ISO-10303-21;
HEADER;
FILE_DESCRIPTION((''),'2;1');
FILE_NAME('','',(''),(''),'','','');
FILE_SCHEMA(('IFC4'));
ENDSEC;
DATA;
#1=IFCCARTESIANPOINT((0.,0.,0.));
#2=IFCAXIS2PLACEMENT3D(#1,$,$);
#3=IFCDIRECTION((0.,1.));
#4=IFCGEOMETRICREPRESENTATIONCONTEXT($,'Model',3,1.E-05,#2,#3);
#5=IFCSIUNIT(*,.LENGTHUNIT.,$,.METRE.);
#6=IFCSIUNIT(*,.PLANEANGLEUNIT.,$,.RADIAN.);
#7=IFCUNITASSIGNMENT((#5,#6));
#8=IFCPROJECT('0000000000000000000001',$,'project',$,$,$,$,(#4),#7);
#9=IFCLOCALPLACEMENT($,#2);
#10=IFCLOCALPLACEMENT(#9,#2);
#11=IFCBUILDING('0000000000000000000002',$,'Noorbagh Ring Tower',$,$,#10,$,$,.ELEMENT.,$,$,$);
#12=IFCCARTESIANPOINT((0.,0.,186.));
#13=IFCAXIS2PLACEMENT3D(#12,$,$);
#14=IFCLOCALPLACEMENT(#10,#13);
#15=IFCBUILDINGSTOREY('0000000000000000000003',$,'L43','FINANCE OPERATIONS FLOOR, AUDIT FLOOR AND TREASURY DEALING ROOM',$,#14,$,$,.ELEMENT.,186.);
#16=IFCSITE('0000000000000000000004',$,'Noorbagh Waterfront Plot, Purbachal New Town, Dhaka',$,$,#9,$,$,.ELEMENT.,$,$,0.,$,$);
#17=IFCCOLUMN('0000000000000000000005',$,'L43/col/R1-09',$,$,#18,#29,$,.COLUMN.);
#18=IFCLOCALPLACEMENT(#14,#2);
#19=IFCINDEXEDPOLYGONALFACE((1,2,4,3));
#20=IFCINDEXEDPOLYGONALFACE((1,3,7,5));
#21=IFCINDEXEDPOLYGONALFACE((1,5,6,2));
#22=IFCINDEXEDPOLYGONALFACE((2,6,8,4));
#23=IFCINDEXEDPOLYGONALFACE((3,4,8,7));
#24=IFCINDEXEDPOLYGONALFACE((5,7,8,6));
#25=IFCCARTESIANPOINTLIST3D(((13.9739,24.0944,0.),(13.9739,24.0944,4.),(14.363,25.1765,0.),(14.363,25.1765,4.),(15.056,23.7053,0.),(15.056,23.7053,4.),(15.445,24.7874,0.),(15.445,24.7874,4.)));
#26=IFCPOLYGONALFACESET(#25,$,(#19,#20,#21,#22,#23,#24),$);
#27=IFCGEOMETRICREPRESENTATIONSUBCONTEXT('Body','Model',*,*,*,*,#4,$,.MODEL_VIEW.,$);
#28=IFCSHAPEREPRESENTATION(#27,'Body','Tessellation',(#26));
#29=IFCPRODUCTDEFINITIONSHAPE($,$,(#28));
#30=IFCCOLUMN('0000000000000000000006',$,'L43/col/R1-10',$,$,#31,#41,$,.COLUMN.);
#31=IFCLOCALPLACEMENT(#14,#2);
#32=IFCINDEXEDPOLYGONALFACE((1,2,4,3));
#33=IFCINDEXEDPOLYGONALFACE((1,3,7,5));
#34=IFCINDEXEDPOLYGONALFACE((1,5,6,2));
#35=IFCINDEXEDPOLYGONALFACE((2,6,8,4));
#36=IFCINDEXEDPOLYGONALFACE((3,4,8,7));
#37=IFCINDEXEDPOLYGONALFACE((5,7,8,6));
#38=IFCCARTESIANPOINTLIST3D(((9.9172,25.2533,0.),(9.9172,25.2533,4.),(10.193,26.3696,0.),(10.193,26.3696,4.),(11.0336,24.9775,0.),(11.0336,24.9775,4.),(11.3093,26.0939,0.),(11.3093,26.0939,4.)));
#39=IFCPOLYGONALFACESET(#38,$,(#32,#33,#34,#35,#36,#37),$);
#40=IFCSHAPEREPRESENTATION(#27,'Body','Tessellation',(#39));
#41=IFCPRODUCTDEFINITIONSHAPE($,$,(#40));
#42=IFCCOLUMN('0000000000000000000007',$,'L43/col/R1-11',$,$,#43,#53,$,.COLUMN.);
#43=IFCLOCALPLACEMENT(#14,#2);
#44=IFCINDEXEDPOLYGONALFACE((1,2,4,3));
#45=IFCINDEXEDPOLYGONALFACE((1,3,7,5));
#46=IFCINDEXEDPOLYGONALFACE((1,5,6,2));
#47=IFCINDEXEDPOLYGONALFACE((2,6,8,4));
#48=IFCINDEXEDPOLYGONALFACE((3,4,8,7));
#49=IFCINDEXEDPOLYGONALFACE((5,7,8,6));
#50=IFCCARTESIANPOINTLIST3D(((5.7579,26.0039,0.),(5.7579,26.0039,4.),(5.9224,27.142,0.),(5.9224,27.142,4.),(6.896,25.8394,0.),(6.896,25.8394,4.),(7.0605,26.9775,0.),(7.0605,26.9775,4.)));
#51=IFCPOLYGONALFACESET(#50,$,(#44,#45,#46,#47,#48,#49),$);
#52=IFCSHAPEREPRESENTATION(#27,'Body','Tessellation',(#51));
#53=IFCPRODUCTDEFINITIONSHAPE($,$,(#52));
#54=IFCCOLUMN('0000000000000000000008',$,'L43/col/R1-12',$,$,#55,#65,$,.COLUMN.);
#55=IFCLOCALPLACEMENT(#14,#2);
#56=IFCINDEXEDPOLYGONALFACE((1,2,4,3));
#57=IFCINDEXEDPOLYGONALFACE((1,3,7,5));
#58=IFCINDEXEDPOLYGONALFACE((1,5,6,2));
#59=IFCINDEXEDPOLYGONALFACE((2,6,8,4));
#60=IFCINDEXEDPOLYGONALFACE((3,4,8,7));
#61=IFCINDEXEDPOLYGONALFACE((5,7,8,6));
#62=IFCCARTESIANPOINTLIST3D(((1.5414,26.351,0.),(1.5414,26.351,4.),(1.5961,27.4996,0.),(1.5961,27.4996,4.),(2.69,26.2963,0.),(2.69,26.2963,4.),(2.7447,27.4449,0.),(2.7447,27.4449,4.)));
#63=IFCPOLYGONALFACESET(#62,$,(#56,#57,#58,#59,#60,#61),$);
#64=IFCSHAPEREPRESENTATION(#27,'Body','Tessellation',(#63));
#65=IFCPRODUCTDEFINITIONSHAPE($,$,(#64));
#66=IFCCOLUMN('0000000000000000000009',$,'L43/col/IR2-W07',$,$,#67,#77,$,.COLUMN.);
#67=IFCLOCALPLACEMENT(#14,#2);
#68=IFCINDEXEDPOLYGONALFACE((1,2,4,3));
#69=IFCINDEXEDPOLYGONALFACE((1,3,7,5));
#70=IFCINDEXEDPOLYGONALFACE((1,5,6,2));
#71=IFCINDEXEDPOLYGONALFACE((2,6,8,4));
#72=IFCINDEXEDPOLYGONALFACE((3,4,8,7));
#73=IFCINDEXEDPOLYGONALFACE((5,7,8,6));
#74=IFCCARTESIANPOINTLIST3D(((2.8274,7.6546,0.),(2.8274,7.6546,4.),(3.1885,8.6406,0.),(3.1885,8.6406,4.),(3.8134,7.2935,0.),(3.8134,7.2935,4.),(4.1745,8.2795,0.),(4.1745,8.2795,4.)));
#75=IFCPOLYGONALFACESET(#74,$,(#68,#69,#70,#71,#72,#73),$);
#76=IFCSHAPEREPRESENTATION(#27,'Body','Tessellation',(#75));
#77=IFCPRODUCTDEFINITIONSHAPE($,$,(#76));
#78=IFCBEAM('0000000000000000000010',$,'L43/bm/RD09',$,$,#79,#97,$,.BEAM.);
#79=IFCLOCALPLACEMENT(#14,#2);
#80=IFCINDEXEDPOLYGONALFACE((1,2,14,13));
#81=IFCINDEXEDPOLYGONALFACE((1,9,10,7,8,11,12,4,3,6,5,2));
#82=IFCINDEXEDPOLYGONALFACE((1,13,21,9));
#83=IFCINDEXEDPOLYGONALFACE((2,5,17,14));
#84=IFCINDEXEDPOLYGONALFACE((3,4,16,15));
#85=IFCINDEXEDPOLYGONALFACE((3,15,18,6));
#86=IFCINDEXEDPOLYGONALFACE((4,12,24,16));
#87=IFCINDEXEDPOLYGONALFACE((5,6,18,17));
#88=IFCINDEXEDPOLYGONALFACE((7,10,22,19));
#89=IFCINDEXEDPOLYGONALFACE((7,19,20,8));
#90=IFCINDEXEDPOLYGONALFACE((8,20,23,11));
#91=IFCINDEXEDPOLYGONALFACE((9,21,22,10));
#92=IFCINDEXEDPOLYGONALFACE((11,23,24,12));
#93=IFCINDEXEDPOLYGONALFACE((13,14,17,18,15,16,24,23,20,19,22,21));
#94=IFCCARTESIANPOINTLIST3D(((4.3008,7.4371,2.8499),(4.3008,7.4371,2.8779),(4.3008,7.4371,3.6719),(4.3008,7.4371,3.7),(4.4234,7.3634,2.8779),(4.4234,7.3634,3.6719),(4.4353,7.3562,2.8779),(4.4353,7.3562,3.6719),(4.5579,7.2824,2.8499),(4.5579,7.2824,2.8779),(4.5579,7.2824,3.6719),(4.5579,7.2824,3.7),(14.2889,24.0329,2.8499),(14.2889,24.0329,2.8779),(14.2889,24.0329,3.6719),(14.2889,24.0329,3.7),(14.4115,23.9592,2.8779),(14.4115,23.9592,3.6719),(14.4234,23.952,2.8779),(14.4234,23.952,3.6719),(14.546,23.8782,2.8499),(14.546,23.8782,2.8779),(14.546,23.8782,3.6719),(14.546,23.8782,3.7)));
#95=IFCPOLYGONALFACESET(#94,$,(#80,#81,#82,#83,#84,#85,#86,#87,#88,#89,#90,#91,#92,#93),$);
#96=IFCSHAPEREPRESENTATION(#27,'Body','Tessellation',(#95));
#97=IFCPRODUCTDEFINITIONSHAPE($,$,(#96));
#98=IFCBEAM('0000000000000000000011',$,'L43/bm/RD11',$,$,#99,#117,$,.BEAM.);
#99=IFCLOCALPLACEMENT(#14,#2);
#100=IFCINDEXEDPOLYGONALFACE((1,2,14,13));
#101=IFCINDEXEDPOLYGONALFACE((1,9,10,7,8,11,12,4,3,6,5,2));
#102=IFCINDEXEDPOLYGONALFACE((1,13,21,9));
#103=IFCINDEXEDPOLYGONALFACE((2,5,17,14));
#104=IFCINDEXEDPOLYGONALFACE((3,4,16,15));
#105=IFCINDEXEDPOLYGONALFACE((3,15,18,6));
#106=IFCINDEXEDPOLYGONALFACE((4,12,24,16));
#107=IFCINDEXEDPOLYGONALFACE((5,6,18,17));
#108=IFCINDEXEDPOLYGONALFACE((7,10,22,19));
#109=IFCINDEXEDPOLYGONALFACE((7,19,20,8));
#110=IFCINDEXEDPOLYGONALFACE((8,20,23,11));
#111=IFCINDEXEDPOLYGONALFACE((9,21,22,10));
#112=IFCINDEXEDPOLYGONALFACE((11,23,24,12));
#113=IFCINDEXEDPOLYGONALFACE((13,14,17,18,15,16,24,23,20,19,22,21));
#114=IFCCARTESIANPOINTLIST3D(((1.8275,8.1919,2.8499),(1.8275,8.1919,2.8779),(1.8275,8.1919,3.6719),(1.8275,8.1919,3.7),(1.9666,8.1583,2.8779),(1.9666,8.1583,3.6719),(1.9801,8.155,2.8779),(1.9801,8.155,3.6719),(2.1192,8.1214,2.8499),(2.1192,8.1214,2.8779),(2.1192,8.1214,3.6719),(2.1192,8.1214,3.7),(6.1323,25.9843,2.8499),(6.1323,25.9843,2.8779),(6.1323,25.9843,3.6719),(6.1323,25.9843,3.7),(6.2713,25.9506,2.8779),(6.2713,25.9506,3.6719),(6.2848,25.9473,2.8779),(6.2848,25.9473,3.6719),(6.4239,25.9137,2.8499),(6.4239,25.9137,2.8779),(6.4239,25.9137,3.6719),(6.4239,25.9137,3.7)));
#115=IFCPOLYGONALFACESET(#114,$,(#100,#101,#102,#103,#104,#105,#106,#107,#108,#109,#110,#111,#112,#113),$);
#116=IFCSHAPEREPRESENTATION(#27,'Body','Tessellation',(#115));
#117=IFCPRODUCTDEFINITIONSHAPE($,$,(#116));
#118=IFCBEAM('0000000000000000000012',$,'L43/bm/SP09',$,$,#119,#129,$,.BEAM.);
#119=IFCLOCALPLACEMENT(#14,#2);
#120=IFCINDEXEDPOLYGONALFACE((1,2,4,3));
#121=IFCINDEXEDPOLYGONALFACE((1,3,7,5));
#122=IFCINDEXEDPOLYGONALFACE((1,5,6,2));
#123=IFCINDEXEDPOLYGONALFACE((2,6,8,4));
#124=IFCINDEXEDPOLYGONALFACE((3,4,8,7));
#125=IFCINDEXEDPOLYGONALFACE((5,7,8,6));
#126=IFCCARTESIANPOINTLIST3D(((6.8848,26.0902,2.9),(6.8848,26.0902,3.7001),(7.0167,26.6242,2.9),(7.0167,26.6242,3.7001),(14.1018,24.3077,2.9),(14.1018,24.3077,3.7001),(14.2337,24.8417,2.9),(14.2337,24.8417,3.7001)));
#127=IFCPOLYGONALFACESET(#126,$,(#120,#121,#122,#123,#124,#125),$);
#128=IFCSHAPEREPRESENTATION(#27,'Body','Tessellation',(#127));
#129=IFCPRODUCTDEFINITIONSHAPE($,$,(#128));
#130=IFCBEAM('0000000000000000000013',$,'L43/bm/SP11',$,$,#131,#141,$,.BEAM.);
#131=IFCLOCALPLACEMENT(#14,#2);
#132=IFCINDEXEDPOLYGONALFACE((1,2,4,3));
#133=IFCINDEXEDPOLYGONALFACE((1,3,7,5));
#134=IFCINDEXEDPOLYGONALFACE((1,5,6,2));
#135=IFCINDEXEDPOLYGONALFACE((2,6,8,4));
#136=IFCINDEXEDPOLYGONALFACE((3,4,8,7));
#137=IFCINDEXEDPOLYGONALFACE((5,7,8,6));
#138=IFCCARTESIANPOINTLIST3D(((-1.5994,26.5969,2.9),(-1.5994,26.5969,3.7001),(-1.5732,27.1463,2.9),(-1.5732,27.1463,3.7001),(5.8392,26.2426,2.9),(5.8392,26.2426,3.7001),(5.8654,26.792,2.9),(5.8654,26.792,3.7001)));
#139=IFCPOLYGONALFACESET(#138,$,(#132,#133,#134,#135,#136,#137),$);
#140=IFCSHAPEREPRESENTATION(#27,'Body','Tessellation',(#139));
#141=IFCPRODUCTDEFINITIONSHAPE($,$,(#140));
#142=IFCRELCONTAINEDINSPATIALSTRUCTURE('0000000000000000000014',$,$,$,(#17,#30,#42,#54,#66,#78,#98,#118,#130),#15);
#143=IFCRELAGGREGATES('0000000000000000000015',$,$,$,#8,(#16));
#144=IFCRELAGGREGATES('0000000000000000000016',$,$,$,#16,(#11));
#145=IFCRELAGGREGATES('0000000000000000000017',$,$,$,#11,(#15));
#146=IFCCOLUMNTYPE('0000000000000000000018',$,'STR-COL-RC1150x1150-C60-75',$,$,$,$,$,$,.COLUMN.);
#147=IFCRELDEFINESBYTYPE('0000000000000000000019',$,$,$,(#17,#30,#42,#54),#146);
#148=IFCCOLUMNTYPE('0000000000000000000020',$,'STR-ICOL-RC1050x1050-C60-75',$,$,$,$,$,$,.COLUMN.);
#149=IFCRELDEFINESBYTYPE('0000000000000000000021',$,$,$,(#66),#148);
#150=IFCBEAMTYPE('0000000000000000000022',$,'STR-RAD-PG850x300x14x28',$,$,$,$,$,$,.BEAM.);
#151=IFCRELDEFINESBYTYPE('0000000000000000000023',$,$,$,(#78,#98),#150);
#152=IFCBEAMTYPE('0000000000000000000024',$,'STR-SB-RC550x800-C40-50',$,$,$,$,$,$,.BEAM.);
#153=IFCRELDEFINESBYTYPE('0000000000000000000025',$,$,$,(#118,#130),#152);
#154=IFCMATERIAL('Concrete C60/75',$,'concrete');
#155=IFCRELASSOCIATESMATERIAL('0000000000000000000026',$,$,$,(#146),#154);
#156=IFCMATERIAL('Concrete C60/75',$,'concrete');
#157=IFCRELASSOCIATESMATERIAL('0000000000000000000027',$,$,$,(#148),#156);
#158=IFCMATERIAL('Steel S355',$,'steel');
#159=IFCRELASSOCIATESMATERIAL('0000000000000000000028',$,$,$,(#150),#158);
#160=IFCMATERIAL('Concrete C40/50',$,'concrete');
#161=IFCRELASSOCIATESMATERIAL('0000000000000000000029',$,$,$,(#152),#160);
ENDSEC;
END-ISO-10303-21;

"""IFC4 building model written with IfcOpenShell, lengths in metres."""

from ifc_helpers import new_model, si_unit, direction, frame, origin, origin_2d, place, context, subcontext, project, spatial, rectangle, i_section, extrude, material, material_profile, profile_set, type_object, element, save


model = new_model("IFC4")

# Units and contexts
model_context = context("Model", 3, precision=1e-05, world=origin(), true_north=direction((0.0, 1.0)))
body_context = subcontext(model_context, "Body", "Model", "MODEL_VIEW")
ifc_project = project(units=[si_unit("LENGTHUNIT", "METRE"), si_unit("PLANEANGLEUNIT", "RADIAN")], contexts=[model_context])

# Site, building, storey
site_placement = place(None, origin())
site = spatial("IfcSite", under=ifc_project, at=site_placement, Name="Noorbagh Waterfront Plot, Purbachal New Town, Dhaka", CompositionType="ELEMENT", RefElevation=0.0)
building_placement = place(site_placement, origin())
building = spatial("IfcBuilding", under=site, at=building_placement, Name="Noorbagh Ring Tower", CompositionType="ELEMENT")
storey_placement = place(building_placement, frame((0.0, 0.0, 186.0)))
storey = spatial("IfcBuildingStorey", under=building, at=storey_placement, Name="L43", Description="FINANCE OPERATIONS FLOOR, AUDIT FLOOR AND TREASURY DEALING ROOM", CompositionType="ELEMENT", Elevation=186.0)

# Columns
ifc_material_1 = material(Name="Concrete C60/75", Category="concrete")
ifc_material_profile_1 = material_profile(ifc_material_1, rectangle(XDim=1.1499, YDim=1.1499, at=origin_2d()), Name="RC1150x1150")
ifc_profile_set_1 = profile_set([ifc_material_profile_1], Name="Concrete C60/75")
column_type_1 = type_object("IfcColumnType", Name="STR-COL-RC1150x1150-C60-75", PredefinedType="COLUMN", material=ifc_profile_set_1)
for number, where, z_axis, x_axis, name in (
    (1, (14.7095, 24.4409, 0.0), (0.0, 0.0, 1.0), (-0.941025, 0.338338, 0.0), "L43/col/R1-09"),
    (2, (10.6133, 25.6736, 0.0), (0.0, 0.0, 1.0), (-0.970829, 0.239771, 0.0), "L43/col/R1-10"),
    (3, (6.4092, 26.4907, 0.0), (0.0, 0.0, 1.0), (-0.989713, 0.143066, 0.0), "L43/col/R1-11"),
    (4, (2.1431, 26.8979, 0.0), (0.0, 0.0, 1.0), (-0.998869, 0.047553, 0.0), "L43/col/R1-12"),
):
    element("IfcColumn", number, at=place(storey_placement, frame(where, z_axis=z_axis, x_axis=x_axis)), inside=storey, type_object=column_type_1, Name=name, PredefinedType="COLUMN", context=body_context, shape_type="SweptSolid", body=[
        extrude(rectangle(XDim=1.1499, YDim=1.1499, at=origin_2d()), origin(), (0.0, 0.0, 1.0), 4.0),
    ])
ifc_material_2 = material(Name="Concrete C60/75", Category="concrete")
ifc_material_profile_2 = material_profile(ifc_material_2, rectangle(XDim=1.05, YDim=1.05, at=origin_2d()), Name="RC1050x1050")
ifc_profile_set_2 = profile_set([ifc_material_profile_2], Name="Concrete C60/75")
column_type_2 = type_object("IfcColumnType", Name="STR-ICOL-RC1050x1050-C60-75", PredefinedType="COLUMN", material=ifc_profile_set_2)
column_placement = place(storey_placement, frame((3.501, 7.967, 0.0), z_axis=(0.0, 0.0, 1.0), x_axis=(-0.93902, 0.343864, 0.0)))
element("IfcColumn", 5, at=column_placement, inside=storey, type_object=column_type_2, Name="L43/col/IR2-W07", PredefinedType="COLUMN", context=body_context, shape_type="SweptSolid", body=[
    extrude(rectangle(XDim=1.05, YDim=1.05, at=origin_2d()), origin(), (0.0, 0.0, 1.0), 4.0),
])

# Beams
ifc_material_3 = material(Name="Steel S355", Category="steel")
ifc_material_profile_3 = material_profile(ifc_material_3, i_section(OverallWidth=0.3, OverallDepth=0.8501, WebThickness=0.0139, FlangeThickness=0.0281, at=origin_2d()), Name="PG850x300x14x28")
ifc_profile_set_3 = profile_set([ifc_material_profile_3], Name="Steel S355")
beam_type_1 = type_object("IfcBeamType", Name="STR-RAD-PG850x300x14x28", PredefinedType="BEAM", material=ifc_profile_set_3)
beam_1_placement = place(storey_placement, frame((14.4175, 23.9556, 3.2749), z_axis=(-0.515657, -0.856795, 0.0), x_axis=(0.856795, -0.515657, 0.0)))
element("IfcBeam", 6, at=beam_1_placement, inside=storey, type_object=beam_type_1, Name="L43/bm/RD09", PredefinedType="BEAM", context=body_context, shape_type="SweptSolid", body=[
    extrude(i_section(OverallWidth=0.3, OverallDepth=0.8501, WebThickness=0.0139, FlangeThickness=0.0281, at=origin_2d()), origin(), (0.0, 0.0, 1.0), 19.3696),
])
beam_2_placement = place(storey_placement, frame((6.2781, 25.949, 3.2749), z_axis=(-0.235157, -0.971957, 0.0), x_axis=(0.971957, -0.235157, 0.0)))
element("IfcBeam", 7, at=beam_2_placement, inside=storey, type_object=beam_type_1, Name="L43/bm/RD11", PredefinedType="BEAM", context=body_context, shape_type="SweptSolid", body=[
    extrude(i_section(OverallWidth=0.3, OverallDepth=0.8501, WebThickness=0.0139, FlangeThickness=0.0281, at=origin_2d()), origin(), (0.0, 0.0, 1.0), 18.3057),
])
ifc_material_4 = material(Name="Concrete C40/50", Category="concrete")
ifc_material_profile_4 = material_profile(ifc_material_4, rectangle(XDim=0.55, YDim=0.8, at=origin_2d()), Name="RC550x800")
ifc_profile_set_4 = profile_set([ifc_material_profile_4], Name="Concrete C40/50")
beam_type_2 = type_object("IfcBeamType", Name="STR-SB-RC550x800-C40-50", PredefinedType="BEAM", material=ifc_profile_set_4)
beam_3_placement = place(storey_placement, frame((14.1677, 24.5747, 3.3), z_axis=(-0.970828, 0.239776, 0.0), x_axis=(-0.239776, -0.970828, 0.0)))
element("IfcBeam", 8, at=beam_3_placement, inside=storey, type_object=beam_type_2, Name="L43/bm/SP09", PredefinedType="BEAM", context=body_context, shape_type="SweptSolid", body=[
    extrude(rectangle(XDim=0.55, YDim=0.8, at=origin_2d()), origin(), (0.0, 0.0, 1.0), 7.4338),
])
beam_4_placement = place(storey_placement, frame((5.8523, 26.5173, 3.3), z_axis=(-0.998868, 0.04757, 0.0), x_axis=(-0.04757, -0.998868, 0.0)))
element("IfcBeam", 9, at=beam_4_placement, inside=storey, type_object=beam_type_2, Name="L43/bm/SP11", PredefinedType="BEAM", context=body_context, shape_type="SweptSolid", body=[
    extrude(rectangle(XDim=0.55, YDim=0.8, at=origin_2d()), origin(), (0.0, 0.0, 1.0), 7.447),
])

save(model, "model.ifc")
